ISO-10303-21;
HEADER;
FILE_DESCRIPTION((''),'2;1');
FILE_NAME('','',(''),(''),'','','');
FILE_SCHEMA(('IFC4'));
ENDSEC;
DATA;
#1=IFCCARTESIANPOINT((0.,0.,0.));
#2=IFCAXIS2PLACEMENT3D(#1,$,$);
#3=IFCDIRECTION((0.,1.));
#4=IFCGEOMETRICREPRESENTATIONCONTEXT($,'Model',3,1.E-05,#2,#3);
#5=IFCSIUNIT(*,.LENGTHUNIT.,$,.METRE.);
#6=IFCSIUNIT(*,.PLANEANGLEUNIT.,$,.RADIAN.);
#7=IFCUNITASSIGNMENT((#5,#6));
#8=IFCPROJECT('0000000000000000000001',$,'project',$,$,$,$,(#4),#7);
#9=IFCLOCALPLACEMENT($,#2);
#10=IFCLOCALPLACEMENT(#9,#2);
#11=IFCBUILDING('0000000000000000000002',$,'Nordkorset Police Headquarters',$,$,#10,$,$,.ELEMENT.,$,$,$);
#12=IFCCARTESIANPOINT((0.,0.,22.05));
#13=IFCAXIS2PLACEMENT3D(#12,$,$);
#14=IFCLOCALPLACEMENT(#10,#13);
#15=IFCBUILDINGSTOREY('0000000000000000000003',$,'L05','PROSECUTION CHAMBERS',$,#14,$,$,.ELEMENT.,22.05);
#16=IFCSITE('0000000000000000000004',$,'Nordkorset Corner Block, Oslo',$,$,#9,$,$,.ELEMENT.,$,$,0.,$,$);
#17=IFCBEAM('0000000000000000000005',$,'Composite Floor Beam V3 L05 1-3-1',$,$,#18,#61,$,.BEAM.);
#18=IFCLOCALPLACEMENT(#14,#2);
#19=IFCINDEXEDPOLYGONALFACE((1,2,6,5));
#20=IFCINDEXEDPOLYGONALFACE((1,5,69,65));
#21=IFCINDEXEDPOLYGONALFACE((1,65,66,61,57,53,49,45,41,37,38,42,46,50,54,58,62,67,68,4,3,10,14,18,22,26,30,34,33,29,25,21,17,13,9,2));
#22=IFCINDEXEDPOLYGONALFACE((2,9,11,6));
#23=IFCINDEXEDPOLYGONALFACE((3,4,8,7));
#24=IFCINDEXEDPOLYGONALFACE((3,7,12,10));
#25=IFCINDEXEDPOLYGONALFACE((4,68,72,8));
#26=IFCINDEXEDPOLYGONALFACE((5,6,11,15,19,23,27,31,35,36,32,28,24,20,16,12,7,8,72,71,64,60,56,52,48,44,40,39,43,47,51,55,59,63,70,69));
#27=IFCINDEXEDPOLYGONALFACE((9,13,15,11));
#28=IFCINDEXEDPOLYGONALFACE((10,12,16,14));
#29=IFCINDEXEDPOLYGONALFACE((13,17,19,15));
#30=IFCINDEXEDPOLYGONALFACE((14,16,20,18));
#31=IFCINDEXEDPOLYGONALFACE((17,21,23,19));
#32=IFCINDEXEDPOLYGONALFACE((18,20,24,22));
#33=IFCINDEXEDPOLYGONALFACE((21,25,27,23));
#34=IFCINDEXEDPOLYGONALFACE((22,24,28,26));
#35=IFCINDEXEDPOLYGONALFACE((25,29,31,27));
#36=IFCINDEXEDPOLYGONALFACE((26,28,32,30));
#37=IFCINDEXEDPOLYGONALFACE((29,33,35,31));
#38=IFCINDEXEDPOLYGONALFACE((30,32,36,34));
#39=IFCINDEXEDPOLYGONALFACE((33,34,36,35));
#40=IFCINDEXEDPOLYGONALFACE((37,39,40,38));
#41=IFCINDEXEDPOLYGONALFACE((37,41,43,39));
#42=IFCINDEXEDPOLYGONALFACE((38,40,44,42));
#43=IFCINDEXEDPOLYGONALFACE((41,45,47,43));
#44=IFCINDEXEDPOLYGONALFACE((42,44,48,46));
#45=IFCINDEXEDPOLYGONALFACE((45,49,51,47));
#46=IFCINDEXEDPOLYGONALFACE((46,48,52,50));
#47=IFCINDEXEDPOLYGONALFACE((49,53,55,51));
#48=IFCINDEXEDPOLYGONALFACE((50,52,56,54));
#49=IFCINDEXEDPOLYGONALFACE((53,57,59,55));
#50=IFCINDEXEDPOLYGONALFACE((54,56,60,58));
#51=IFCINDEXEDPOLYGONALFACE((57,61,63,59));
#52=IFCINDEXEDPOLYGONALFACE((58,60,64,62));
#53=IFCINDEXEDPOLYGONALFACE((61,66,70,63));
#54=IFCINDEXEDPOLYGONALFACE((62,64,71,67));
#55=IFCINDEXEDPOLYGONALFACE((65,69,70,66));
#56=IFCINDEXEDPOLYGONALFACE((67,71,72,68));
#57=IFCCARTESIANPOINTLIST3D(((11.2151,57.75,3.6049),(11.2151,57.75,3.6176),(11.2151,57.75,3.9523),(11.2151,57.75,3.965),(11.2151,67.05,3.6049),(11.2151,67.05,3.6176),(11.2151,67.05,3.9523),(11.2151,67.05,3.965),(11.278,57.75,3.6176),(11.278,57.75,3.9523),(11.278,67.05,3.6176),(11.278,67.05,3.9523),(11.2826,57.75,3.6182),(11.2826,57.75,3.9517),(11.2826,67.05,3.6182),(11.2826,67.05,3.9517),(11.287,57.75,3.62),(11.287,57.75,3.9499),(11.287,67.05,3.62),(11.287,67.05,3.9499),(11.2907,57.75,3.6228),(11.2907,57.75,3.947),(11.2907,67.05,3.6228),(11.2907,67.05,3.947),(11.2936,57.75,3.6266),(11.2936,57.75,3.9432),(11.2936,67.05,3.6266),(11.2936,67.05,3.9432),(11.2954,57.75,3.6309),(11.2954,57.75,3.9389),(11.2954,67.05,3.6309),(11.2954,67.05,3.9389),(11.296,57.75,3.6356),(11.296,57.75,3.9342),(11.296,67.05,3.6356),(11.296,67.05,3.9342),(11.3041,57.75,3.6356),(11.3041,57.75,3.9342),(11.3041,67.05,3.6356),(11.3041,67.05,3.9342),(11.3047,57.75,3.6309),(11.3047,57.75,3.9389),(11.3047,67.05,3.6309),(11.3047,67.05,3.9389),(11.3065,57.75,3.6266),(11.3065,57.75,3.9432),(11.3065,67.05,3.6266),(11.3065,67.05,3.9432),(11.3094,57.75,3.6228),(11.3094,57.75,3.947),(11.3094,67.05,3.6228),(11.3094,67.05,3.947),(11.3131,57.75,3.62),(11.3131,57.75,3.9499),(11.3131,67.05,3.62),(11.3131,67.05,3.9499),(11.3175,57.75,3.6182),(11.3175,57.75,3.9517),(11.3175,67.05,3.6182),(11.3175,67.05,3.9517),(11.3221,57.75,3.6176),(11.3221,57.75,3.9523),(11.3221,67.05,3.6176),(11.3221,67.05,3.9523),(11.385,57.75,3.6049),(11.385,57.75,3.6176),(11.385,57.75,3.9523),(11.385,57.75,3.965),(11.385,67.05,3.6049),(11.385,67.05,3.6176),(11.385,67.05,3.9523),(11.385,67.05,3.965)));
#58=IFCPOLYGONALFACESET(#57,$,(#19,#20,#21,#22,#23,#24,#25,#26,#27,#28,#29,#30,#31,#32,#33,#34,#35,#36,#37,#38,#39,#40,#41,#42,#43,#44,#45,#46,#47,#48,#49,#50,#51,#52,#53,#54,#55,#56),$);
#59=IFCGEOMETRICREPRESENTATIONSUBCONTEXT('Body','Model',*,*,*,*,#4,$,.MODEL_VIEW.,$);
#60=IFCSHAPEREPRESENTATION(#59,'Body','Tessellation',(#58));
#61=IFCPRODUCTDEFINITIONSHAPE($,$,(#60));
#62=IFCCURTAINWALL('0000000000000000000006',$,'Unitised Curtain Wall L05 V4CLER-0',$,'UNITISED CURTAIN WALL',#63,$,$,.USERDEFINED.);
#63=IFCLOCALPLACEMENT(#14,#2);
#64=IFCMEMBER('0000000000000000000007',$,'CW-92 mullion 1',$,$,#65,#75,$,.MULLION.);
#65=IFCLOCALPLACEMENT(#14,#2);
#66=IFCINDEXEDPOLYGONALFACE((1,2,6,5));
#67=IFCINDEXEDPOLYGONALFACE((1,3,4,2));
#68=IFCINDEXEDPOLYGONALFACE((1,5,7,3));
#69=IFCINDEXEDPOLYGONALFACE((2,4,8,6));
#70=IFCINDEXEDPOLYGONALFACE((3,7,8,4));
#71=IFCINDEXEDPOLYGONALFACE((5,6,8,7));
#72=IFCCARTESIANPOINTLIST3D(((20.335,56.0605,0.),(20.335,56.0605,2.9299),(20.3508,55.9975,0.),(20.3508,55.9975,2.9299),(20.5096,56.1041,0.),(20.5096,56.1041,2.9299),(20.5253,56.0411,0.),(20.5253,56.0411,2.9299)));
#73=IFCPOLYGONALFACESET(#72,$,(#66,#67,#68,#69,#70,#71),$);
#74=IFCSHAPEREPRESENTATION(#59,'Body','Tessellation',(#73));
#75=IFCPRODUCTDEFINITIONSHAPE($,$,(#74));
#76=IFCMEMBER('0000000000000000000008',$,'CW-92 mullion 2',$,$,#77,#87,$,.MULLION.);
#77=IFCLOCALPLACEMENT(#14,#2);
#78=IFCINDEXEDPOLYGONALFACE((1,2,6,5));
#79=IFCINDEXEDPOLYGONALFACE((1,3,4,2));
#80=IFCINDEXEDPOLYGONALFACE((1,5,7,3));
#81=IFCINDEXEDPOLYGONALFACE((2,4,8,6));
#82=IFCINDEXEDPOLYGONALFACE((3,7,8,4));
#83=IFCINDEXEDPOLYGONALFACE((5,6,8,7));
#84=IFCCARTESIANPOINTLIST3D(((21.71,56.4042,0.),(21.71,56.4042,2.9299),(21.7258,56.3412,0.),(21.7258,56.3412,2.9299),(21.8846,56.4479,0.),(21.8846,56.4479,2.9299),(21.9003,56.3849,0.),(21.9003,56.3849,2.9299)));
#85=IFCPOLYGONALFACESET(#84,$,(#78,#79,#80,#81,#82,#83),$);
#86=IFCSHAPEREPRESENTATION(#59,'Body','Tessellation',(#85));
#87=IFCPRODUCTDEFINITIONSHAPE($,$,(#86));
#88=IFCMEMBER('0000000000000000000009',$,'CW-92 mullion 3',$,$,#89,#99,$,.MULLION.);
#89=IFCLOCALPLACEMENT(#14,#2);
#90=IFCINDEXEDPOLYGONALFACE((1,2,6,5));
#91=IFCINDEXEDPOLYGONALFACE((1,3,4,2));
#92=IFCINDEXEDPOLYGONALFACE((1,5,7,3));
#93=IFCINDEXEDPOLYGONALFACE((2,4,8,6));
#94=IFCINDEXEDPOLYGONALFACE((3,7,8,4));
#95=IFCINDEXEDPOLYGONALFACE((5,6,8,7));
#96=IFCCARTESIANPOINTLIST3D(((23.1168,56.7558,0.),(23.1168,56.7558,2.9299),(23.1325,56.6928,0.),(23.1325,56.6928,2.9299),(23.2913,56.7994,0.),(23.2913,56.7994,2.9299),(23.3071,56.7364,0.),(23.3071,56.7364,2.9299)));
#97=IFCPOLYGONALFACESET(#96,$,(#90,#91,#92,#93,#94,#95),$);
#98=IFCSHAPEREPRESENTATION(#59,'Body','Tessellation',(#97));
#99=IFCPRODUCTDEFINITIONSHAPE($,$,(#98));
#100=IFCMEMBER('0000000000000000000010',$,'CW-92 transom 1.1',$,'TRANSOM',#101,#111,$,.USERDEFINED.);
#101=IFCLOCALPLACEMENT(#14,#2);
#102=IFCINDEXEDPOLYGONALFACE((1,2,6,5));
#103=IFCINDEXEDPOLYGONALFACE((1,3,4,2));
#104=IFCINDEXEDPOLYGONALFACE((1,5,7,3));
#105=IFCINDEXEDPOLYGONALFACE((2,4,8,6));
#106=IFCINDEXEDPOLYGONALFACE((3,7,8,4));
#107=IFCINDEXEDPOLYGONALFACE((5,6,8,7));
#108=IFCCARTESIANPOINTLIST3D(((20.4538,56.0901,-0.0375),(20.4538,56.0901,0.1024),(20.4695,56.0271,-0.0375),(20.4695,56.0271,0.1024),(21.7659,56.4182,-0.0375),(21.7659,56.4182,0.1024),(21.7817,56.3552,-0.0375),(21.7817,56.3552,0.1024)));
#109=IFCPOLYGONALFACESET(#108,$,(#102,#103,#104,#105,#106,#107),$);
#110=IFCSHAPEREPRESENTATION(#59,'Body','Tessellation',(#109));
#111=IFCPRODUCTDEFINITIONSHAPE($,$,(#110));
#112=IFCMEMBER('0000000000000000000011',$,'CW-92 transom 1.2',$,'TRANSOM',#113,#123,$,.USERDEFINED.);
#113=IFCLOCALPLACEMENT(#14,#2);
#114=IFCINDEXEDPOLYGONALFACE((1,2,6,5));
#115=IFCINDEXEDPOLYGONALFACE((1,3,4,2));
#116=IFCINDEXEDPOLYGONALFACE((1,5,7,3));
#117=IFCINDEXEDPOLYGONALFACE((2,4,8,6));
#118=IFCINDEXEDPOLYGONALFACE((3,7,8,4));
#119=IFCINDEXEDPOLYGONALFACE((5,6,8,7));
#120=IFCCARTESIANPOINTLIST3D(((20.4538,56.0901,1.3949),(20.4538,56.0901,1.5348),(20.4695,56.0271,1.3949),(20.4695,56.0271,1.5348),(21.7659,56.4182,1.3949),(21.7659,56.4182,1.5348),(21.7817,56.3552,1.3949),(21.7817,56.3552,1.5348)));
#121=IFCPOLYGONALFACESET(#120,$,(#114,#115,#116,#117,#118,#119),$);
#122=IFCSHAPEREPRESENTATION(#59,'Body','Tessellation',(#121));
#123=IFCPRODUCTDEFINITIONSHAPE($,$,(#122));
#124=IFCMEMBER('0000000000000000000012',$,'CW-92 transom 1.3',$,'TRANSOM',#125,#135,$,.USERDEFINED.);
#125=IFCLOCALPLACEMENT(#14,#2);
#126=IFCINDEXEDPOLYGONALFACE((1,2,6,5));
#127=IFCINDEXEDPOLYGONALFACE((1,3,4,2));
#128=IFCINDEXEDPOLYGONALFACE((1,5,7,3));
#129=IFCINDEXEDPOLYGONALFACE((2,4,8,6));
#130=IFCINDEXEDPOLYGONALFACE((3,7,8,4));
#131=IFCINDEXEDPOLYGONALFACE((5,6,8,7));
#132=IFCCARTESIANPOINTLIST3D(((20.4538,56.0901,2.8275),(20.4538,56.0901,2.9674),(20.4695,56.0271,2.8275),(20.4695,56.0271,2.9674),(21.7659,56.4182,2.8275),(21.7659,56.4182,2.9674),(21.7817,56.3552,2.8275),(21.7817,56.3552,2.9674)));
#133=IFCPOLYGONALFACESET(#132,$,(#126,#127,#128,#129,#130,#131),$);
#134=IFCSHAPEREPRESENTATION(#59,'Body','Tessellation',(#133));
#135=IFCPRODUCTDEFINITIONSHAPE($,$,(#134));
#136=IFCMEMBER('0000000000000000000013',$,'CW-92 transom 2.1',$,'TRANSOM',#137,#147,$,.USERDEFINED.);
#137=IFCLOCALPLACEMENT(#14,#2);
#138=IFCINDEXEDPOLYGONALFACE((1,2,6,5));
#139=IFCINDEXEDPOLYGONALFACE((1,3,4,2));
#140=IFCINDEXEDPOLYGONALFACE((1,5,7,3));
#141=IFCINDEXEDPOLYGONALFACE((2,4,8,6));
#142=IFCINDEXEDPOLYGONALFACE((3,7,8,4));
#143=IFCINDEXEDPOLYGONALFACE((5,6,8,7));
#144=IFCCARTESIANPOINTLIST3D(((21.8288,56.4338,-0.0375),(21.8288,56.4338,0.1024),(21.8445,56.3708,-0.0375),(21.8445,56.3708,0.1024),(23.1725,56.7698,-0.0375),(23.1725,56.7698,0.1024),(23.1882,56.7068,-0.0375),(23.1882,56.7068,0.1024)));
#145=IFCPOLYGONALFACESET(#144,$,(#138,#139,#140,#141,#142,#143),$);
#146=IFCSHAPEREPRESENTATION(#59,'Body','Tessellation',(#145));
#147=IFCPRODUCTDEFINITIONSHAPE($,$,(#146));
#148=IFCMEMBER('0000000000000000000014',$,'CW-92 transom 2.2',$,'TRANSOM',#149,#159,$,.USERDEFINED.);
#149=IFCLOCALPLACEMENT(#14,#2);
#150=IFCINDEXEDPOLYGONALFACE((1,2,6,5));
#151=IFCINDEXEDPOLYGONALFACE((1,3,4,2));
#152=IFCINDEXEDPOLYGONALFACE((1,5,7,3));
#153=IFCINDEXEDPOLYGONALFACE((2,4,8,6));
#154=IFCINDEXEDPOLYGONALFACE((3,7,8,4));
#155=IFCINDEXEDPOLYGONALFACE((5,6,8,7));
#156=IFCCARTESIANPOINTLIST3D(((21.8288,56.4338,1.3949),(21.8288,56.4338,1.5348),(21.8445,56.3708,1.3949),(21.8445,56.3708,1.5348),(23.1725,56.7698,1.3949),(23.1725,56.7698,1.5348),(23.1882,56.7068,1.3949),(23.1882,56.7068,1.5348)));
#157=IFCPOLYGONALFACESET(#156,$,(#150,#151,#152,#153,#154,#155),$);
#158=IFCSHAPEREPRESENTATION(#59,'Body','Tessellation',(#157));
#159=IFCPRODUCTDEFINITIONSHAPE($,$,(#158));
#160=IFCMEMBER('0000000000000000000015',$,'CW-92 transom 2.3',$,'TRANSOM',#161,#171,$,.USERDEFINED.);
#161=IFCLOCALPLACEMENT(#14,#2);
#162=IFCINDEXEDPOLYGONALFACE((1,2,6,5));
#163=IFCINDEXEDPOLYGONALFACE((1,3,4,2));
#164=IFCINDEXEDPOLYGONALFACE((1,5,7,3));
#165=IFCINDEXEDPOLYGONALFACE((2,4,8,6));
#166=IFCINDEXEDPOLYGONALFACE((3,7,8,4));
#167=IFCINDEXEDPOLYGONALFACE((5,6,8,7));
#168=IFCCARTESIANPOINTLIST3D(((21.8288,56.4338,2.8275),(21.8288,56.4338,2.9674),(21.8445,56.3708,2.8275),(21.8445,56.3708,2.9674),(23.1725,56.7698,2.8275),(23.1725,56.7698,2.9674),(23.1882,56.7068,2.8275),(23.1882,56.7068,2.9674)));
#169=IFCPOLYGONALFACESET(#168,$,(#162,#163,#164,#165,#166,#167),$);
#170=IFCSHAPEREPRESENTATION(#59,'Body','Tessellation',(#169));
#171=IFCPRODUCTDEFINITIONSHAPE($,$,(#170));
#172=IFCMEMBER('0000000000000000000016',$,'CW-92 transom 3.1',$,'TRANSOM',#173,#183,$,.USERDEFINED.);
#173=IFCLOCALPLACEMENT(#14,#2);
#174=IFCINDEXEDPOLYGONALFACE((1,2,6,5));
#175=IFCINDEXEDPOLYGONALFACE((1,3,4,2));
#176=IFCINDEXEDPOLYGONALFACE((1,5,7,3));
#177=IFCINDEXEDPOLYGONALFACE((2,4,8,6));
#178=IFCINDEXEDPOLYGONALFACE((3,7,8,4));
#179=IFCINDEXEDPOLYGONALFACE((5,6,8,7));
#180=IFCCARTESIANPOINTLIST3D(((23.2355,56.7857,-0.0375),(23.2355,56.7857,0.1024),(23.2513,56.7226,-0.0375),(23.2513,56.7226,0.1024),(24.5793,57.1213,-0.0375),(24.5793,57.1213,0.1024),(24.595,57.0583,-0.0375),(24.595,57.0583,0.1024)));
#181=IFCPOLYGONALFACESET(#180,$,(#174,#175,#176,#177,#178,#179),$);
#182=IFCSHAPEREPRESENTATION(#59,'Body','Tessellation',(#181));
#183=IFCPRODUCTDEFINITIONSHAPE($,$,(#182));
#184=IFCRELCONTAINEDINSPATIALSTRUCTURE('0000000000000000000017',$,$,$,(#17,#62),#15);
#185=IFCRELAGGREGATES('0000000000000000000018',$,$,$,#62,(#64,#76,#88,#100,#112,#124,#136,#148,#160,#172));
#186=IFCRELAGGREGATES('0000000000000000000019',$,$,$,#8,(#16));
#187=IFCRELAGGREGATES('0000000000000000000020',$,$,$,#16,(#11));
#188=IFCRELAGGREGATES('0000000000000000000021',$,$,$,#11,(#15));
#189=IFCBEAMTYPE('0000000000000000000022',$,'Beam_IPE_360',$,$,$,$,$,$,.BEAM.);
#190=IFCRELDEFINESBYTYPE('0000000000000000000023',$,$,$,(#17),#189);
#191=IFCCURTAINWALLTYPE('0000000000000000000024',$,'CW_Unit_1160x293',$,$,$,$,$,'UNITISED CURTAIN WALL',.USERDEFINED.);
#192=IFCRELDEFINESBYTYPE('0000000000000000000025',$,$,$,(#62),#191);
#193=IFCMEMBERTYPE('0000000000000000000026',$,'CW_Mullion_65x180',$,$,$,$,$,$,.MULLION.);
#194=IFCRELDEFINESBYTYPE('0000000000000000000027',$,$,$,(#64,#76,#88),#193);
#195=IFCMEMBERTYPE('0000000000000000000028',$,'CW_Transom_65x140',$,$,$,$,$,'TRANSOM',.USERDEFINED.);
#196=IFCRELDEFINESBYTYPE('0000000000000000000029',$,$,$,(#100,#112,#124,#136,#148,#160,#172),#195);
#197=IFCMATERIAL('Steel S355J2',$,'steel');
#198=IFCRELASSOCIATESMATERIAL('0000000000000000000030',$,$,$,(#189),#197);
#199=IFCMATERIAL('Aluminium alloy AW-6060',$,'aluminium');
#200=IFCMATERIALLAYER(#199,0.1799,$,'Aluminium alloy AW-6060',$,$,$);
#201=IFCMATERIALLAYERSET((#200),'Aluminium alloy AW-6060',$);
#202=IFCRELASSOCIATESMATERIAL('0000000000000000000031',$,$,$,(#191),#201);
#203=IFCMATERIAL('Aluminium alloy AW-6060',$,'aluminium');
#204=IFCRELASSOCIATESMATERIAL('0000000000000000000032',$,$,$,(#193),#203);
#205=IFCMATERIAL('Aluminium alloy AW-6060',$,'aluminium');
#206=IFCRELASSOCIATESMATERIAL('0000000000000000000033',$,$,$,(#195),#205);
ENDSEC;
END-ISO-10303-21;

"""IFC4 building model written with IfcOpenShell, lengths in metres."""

from ifc_helpers import new_model, si_unit, direction, frame, origin, origin_2d, place, context, subcontext, project, spatial, rectangle, i_section, extrude, material, layer, layer_set, material_profile, profile_set, type_object, element, aggregate, save


model = new_model("IFC4")

# Units and contexts
model_context = context("Model", 3, precision=1e-05, world=origin(), true_north=direction((0.0, 1.0)))
body_context = subcontext(model_context, "Body", "Model", "MODEL_VIEW")
ifc_project = project(units=[si_unit("LENGTHUNIT", "METRE"), si_unit("PLANEANGLEUNIT", "RADIAN")], contexts=[model_context])

# Site, building, storey
site_placement = place(None, origin())
site = spatial("IfcSite", under=ifc_project, at=site_placement, Name="Nordkorset Corner Block, Oslo", CompositionType="ELEMENT", RefElevation=0.0)
building_placement = place(site_placement, origin())
building = spatial("IfcBuilding", under=site, at=building_placement, Name="Nordkorset Police Headquarters", CompositionType="ELEMENT")
storey_placement = place(building_placement, frame((0.0, 0.0, 22.05)))
storey = spatial("IfcBuildingStorey", under=building, at=storey_placement, Name="L05", Description="PROSECUTION CHAMBERS", CompositionType="ELEMENT", Elevation=22.05)

# Beam
ifc_material_1 = material(Name="Steel S355J2", Category="steel")
ifc_material_profile_1 = material_profile(ifc_material_1, i_section(OverallWidth=0.1699, OverallDepth=0.3601, WebThickness=0.0081, FlangeThickness=0.0127, FilletRadius=0.0181, at=origin_2d()), Name="IPE 360")
ifc_profile_set_1 = profile_set([ifc_material_profile_1], Name="Steel S355J2")
beam_type_1 = type_object("IfcBeamType", Name="Beam_IPE_360", PredefinedType="BEAM", material=ifc_profile_set_1)
for number, where, z_axis, x_axis, name in (
    (1, (11.3, 57.75, 3.7849), (0.0, 1.0, 0.0), (-1.0, 0.0, 0.0), "Composite Floor Beam V3 L05 1-3-1"),
):
    element("IfcBeam", number, at=place(storey_placement, frame(where, z_axis=z_axis, x_axis=x_axis)), inside=storey, type_object=beam_type_1, Name=name, PredefinedType="BEAM", context=body_context, shape_type="SweptSolid", body=[
        extrude(i_section(OverallWidth=0.1699, OverallDepth=0.3601, WebThickness=0.0081, FlangeThickness=0.0127, FilletRadius=0.0181, at=origin_2d()), origin(), (0.0, 0.0, 1.0), 9.3),
    ])

# Curtain wall, members
ifc_material_2 = material(Name="Aluminium alloy AW-6060", Category="aluminium")
ifc_layer_1 = layer(ifc_material_2, 0.1799, Name="Aluminium alloy AW-6060")
ifc_layer_set_1 = layer_set([ifc_layer_1], Name="Aluminium alloy AW-6060")
curtain_wall_type = type_object("IfcCurtainWallType", Name="CW_Unit_1160x293", ElementType="UNITISED CURTAIN WALL", PredefinedType="USERDEFINED", material=ifc_layer_set_1)
curtain_wall_placement = place(storey_placement, origin())
curtain_wall = element("IfcCurtainWall", 2, at=curtain_wall_placement, inside=storey, type_object=curtain_wall_type, Name="Unitised Curtain Wall L05 V4CLER-0", ObjectType="UNITISED CURTAIN WALL", PredefinedType="USERDEFINED")
ifc_material_3 = material(Name="Aluminium alloy AW-6060", Category="aluminium")
ifc_material_profile_2 = material_profile(ifc_material_3, rectangle(XDim=0.0649, YDim=0.1799, at=origin_2d()), Name="ALU MULL 65x180")
ifc_profile_set_2 = profile_set([ifc_material_profile_2], Name="Aluminium alloy AW-6060")
member_type_1 = type_object("IfcMemberType", Name="CW_Mullion_65x180", PredefinedType="MULLION", material=ifc_profile_set_2)
member_1_placement = place(storey_placement, frame((20.4302, 56.0508, 0.0), z_axis=(0.0, 0.0, 1.0), x_axis=(-0.242536, 0.970142, 0.0)))
member_1 = element("IfcMember", 3, at=member_1_placement, type_object=member_type_1, Name="CW-92 mullion 1", PredefinedType="MULLION", context=body_context, shape_type="SweptSolid", body=[
    extrude(rectangle(XDim=0.0649, YDim=0.1799, at=origin_2d()), origin(), (0.0, 0.0, 1.0), 2.9299),
])
member_2_placement = place(storey_placement, frame((21.8052, 56.3945, 0.0), z_axis=(0.0, 0.0, 1.0), x_axis=(-0.242536, 0.970142, 0.0)))
member_2 = element("IfcMember", 4, at=member_2_placement, type_object=member_type_1, Name="CW-92 mullion 2", PredefinedType="MULLION", context=body_context, shape_type="SweptSolid", body=[
    extrude(rectangle(XDim=0.0649, YDim=0.1799, at=origin_2d()), origin(), (0.0, 0.0, 1.0), 2.9299),
])
member_3_placement = place(storey_placement, frame((23.2119, 56.7461, 0.0), z_axis=(0.0, 0.0, 1.0), x_axis=(-0.242536, 0.970142, 0.0)))
member_3 = element("IfcMember", 5, at=member_3_placement, type_object=member_type_1, Name="CW-92 mullion 3", PredefinedType="MULLION", context=body_context, shape_type="SweptSolid", body=[
    extrude(rectangle(XDim=0.0649, YDim=0.1799, at=origin_2d()), origin(), (0.0, 0.0, 1.0), 2.9299),
])
ifc_material_4 = material(Name="Aluminium alloy AW-6060", Category="aluminium")
ifc_material_profile_3 = material_profile(ifc_material_4, rectangle(XDim=0.0649, YDim=0.1399, at=origin_2d()), Name="ALU TRAN 65x140")
ifc_profile_set_3 = profile_set([ifc_material_profile_3], Name="Aluminium alloy AW-6060")
member_type_2 = type_object("IfcMemberType", Name="CW_Transom_65x140", ElementType="TRANSOM", PredefinedType="USERDEFINED", material=ifc_profile_set_3)
member_4_placement = place(storey_placement, frame((20.4617, 56.0586, 0.0325), z_axis=(0.970121, 0.242621, 0.0), x_axis=(-0.242621, 0.970121, 0.0)))
member_4 = element("IfcMember", 6, at=member_4_placement, type_object=member_type_2, Name="CW-92 transom 1.1", ObjectType="TRANSOM", PredefinedType="USERDEFINED", context=body_context, shape_type="SweptSolid", body=[
    extrude(rectangle(XDim=0.0649, YDim=0.1399, at=origin_2d()), origin(), (0.0, 0.0, 1.0), 1.3525),
])
member_5_placement = place(storey_placement, frame((20.4617, 56.0586, 1.4648), z_axis=(0.970121, 0.242621, 0.0), x_axis=(-0.242621, 0.970121, 0.0)))
member_5 = element("IfcMember", 7, at=member_5_placement, type_object=member_type_2, Name="CW-92 transom 1.2", ObjectType="TRANSOM", PredefinedType="USERDEFINED", context=body_context, shape_type="SweptSolid", body=[
    extrude(rectangle(XDim=0.0649, YDim=0.1399, at=origin_2d()), origin(), (0.0, 0.0, 1.0), 1.3525),
])
member_6_placement = place(storey_placement, frame((20.4617, 56.0586, 2.8975), z_axis=(0.970121, 0.242621, 0.0), x_axis=(-0.242621, 0.970121, 0.0)))
member_6 = element("IfcMember", 8, at=member_6_placement, type_object=member_type_2, Name="CW-92 transom 1.3", ObjectType="TRANSOM", PredefinedType="USERDEFINED", context=body_context, shape_type="SweptSolid", body=[
    extrude(rectangle(XDim=0.0649, YDim=0.1399, at=origin_2d()), origin(), (0.0, 0.0, 1.0), 1.3525),
])
member_7_placement = place(storey_placement, frame((21.8367, 56.4023, 0.0325), z_axis=(0.970143, 0.242536, 0.0), x_axis=(-0.242536, 0.970143, 0.0)))
member_7 = element("IfcMember", 9, at=member_7_placement, type_object=member_type_2, Name="CW-92 transom 2.1", ObjectType="TRANSOM", PredefinedType="USERDEFINED", context=body_context, shape_type="SweptSolid", body=[
    extrude(rectangle(XDim=0.0649, YDim=0.1399, at=origin_2d()), origin(), (0.0, 0.0, 1.0), 1.385),
])
member_8_placement = place(storey_placement, frame((21.8367, 56.4023, 1.4648), z_axis=(0.970143, 0.242536, 0.0), x_axis=(-0.242536, 0.970143, 0.0)))
member_8 = element("IfcMember", 10, at=member_8_placement, type_object=member_type_2, Name="CW-92 transom 2.2", ObjectType="TRANSOM", PredefinedType="USERDEFINED", context=body_context, shape_type="SweptSolid", body=[
    extrude(rectangle(XDim=0.0649, YDim=0.1399, at=origin_2d()), origin(), (0.0, 0.0, 1.0), 1.385),
])
member_9_placement = place(storey_placement, frame((21.8367, 56.4023, 2.8975), z_axis=(0.970143, 0.242536, 0.0), x_axis=(-0.242536, 0.970143, 0.0)))
member_9 = element("IfcMember", 11, at=member_9_placement, type_object=member_type_2, Name="CW-92 transom 2.3", ObjectType="TRANSOM", PredefinedType="USERDEFINED", context=body_context, shape_type="SweptSolid", body=[
    extrude(rectangle(XDim=0.0649, YDim=0.1399, at=origin_2d()), origin(), (0.0, 0.0, 1.0), 1.385),
])
member_10_placement = place(storey_placement, frame((23.2434, 56.7542, 0.0325), z_axis=(0.970184, 0.24237, 0.0), x_axis=(-0.24237, 0.970184, 0.0)))
member_10 = element("IfcMember", 12, at=member_10_placement, type_object=member_type_2, Name="CW-92 transom 3.1", ObjectType="TRANSOM", PredefinedType="USERDEFINED", context=body_context, shape_type="SweptSolid", body=[
    extrude(rectangle(XDim=0.0649, YDim=0.1399, at=origin_2d()), origin(), (0.0, 0.0, 1.0), 1.385),
])

aggregate(curtain_wall, [member_1, member_2, member_3, member_4, member_5, member_6, member_7, member_8, member_9, member_10])

save(model, "model.ifc")
